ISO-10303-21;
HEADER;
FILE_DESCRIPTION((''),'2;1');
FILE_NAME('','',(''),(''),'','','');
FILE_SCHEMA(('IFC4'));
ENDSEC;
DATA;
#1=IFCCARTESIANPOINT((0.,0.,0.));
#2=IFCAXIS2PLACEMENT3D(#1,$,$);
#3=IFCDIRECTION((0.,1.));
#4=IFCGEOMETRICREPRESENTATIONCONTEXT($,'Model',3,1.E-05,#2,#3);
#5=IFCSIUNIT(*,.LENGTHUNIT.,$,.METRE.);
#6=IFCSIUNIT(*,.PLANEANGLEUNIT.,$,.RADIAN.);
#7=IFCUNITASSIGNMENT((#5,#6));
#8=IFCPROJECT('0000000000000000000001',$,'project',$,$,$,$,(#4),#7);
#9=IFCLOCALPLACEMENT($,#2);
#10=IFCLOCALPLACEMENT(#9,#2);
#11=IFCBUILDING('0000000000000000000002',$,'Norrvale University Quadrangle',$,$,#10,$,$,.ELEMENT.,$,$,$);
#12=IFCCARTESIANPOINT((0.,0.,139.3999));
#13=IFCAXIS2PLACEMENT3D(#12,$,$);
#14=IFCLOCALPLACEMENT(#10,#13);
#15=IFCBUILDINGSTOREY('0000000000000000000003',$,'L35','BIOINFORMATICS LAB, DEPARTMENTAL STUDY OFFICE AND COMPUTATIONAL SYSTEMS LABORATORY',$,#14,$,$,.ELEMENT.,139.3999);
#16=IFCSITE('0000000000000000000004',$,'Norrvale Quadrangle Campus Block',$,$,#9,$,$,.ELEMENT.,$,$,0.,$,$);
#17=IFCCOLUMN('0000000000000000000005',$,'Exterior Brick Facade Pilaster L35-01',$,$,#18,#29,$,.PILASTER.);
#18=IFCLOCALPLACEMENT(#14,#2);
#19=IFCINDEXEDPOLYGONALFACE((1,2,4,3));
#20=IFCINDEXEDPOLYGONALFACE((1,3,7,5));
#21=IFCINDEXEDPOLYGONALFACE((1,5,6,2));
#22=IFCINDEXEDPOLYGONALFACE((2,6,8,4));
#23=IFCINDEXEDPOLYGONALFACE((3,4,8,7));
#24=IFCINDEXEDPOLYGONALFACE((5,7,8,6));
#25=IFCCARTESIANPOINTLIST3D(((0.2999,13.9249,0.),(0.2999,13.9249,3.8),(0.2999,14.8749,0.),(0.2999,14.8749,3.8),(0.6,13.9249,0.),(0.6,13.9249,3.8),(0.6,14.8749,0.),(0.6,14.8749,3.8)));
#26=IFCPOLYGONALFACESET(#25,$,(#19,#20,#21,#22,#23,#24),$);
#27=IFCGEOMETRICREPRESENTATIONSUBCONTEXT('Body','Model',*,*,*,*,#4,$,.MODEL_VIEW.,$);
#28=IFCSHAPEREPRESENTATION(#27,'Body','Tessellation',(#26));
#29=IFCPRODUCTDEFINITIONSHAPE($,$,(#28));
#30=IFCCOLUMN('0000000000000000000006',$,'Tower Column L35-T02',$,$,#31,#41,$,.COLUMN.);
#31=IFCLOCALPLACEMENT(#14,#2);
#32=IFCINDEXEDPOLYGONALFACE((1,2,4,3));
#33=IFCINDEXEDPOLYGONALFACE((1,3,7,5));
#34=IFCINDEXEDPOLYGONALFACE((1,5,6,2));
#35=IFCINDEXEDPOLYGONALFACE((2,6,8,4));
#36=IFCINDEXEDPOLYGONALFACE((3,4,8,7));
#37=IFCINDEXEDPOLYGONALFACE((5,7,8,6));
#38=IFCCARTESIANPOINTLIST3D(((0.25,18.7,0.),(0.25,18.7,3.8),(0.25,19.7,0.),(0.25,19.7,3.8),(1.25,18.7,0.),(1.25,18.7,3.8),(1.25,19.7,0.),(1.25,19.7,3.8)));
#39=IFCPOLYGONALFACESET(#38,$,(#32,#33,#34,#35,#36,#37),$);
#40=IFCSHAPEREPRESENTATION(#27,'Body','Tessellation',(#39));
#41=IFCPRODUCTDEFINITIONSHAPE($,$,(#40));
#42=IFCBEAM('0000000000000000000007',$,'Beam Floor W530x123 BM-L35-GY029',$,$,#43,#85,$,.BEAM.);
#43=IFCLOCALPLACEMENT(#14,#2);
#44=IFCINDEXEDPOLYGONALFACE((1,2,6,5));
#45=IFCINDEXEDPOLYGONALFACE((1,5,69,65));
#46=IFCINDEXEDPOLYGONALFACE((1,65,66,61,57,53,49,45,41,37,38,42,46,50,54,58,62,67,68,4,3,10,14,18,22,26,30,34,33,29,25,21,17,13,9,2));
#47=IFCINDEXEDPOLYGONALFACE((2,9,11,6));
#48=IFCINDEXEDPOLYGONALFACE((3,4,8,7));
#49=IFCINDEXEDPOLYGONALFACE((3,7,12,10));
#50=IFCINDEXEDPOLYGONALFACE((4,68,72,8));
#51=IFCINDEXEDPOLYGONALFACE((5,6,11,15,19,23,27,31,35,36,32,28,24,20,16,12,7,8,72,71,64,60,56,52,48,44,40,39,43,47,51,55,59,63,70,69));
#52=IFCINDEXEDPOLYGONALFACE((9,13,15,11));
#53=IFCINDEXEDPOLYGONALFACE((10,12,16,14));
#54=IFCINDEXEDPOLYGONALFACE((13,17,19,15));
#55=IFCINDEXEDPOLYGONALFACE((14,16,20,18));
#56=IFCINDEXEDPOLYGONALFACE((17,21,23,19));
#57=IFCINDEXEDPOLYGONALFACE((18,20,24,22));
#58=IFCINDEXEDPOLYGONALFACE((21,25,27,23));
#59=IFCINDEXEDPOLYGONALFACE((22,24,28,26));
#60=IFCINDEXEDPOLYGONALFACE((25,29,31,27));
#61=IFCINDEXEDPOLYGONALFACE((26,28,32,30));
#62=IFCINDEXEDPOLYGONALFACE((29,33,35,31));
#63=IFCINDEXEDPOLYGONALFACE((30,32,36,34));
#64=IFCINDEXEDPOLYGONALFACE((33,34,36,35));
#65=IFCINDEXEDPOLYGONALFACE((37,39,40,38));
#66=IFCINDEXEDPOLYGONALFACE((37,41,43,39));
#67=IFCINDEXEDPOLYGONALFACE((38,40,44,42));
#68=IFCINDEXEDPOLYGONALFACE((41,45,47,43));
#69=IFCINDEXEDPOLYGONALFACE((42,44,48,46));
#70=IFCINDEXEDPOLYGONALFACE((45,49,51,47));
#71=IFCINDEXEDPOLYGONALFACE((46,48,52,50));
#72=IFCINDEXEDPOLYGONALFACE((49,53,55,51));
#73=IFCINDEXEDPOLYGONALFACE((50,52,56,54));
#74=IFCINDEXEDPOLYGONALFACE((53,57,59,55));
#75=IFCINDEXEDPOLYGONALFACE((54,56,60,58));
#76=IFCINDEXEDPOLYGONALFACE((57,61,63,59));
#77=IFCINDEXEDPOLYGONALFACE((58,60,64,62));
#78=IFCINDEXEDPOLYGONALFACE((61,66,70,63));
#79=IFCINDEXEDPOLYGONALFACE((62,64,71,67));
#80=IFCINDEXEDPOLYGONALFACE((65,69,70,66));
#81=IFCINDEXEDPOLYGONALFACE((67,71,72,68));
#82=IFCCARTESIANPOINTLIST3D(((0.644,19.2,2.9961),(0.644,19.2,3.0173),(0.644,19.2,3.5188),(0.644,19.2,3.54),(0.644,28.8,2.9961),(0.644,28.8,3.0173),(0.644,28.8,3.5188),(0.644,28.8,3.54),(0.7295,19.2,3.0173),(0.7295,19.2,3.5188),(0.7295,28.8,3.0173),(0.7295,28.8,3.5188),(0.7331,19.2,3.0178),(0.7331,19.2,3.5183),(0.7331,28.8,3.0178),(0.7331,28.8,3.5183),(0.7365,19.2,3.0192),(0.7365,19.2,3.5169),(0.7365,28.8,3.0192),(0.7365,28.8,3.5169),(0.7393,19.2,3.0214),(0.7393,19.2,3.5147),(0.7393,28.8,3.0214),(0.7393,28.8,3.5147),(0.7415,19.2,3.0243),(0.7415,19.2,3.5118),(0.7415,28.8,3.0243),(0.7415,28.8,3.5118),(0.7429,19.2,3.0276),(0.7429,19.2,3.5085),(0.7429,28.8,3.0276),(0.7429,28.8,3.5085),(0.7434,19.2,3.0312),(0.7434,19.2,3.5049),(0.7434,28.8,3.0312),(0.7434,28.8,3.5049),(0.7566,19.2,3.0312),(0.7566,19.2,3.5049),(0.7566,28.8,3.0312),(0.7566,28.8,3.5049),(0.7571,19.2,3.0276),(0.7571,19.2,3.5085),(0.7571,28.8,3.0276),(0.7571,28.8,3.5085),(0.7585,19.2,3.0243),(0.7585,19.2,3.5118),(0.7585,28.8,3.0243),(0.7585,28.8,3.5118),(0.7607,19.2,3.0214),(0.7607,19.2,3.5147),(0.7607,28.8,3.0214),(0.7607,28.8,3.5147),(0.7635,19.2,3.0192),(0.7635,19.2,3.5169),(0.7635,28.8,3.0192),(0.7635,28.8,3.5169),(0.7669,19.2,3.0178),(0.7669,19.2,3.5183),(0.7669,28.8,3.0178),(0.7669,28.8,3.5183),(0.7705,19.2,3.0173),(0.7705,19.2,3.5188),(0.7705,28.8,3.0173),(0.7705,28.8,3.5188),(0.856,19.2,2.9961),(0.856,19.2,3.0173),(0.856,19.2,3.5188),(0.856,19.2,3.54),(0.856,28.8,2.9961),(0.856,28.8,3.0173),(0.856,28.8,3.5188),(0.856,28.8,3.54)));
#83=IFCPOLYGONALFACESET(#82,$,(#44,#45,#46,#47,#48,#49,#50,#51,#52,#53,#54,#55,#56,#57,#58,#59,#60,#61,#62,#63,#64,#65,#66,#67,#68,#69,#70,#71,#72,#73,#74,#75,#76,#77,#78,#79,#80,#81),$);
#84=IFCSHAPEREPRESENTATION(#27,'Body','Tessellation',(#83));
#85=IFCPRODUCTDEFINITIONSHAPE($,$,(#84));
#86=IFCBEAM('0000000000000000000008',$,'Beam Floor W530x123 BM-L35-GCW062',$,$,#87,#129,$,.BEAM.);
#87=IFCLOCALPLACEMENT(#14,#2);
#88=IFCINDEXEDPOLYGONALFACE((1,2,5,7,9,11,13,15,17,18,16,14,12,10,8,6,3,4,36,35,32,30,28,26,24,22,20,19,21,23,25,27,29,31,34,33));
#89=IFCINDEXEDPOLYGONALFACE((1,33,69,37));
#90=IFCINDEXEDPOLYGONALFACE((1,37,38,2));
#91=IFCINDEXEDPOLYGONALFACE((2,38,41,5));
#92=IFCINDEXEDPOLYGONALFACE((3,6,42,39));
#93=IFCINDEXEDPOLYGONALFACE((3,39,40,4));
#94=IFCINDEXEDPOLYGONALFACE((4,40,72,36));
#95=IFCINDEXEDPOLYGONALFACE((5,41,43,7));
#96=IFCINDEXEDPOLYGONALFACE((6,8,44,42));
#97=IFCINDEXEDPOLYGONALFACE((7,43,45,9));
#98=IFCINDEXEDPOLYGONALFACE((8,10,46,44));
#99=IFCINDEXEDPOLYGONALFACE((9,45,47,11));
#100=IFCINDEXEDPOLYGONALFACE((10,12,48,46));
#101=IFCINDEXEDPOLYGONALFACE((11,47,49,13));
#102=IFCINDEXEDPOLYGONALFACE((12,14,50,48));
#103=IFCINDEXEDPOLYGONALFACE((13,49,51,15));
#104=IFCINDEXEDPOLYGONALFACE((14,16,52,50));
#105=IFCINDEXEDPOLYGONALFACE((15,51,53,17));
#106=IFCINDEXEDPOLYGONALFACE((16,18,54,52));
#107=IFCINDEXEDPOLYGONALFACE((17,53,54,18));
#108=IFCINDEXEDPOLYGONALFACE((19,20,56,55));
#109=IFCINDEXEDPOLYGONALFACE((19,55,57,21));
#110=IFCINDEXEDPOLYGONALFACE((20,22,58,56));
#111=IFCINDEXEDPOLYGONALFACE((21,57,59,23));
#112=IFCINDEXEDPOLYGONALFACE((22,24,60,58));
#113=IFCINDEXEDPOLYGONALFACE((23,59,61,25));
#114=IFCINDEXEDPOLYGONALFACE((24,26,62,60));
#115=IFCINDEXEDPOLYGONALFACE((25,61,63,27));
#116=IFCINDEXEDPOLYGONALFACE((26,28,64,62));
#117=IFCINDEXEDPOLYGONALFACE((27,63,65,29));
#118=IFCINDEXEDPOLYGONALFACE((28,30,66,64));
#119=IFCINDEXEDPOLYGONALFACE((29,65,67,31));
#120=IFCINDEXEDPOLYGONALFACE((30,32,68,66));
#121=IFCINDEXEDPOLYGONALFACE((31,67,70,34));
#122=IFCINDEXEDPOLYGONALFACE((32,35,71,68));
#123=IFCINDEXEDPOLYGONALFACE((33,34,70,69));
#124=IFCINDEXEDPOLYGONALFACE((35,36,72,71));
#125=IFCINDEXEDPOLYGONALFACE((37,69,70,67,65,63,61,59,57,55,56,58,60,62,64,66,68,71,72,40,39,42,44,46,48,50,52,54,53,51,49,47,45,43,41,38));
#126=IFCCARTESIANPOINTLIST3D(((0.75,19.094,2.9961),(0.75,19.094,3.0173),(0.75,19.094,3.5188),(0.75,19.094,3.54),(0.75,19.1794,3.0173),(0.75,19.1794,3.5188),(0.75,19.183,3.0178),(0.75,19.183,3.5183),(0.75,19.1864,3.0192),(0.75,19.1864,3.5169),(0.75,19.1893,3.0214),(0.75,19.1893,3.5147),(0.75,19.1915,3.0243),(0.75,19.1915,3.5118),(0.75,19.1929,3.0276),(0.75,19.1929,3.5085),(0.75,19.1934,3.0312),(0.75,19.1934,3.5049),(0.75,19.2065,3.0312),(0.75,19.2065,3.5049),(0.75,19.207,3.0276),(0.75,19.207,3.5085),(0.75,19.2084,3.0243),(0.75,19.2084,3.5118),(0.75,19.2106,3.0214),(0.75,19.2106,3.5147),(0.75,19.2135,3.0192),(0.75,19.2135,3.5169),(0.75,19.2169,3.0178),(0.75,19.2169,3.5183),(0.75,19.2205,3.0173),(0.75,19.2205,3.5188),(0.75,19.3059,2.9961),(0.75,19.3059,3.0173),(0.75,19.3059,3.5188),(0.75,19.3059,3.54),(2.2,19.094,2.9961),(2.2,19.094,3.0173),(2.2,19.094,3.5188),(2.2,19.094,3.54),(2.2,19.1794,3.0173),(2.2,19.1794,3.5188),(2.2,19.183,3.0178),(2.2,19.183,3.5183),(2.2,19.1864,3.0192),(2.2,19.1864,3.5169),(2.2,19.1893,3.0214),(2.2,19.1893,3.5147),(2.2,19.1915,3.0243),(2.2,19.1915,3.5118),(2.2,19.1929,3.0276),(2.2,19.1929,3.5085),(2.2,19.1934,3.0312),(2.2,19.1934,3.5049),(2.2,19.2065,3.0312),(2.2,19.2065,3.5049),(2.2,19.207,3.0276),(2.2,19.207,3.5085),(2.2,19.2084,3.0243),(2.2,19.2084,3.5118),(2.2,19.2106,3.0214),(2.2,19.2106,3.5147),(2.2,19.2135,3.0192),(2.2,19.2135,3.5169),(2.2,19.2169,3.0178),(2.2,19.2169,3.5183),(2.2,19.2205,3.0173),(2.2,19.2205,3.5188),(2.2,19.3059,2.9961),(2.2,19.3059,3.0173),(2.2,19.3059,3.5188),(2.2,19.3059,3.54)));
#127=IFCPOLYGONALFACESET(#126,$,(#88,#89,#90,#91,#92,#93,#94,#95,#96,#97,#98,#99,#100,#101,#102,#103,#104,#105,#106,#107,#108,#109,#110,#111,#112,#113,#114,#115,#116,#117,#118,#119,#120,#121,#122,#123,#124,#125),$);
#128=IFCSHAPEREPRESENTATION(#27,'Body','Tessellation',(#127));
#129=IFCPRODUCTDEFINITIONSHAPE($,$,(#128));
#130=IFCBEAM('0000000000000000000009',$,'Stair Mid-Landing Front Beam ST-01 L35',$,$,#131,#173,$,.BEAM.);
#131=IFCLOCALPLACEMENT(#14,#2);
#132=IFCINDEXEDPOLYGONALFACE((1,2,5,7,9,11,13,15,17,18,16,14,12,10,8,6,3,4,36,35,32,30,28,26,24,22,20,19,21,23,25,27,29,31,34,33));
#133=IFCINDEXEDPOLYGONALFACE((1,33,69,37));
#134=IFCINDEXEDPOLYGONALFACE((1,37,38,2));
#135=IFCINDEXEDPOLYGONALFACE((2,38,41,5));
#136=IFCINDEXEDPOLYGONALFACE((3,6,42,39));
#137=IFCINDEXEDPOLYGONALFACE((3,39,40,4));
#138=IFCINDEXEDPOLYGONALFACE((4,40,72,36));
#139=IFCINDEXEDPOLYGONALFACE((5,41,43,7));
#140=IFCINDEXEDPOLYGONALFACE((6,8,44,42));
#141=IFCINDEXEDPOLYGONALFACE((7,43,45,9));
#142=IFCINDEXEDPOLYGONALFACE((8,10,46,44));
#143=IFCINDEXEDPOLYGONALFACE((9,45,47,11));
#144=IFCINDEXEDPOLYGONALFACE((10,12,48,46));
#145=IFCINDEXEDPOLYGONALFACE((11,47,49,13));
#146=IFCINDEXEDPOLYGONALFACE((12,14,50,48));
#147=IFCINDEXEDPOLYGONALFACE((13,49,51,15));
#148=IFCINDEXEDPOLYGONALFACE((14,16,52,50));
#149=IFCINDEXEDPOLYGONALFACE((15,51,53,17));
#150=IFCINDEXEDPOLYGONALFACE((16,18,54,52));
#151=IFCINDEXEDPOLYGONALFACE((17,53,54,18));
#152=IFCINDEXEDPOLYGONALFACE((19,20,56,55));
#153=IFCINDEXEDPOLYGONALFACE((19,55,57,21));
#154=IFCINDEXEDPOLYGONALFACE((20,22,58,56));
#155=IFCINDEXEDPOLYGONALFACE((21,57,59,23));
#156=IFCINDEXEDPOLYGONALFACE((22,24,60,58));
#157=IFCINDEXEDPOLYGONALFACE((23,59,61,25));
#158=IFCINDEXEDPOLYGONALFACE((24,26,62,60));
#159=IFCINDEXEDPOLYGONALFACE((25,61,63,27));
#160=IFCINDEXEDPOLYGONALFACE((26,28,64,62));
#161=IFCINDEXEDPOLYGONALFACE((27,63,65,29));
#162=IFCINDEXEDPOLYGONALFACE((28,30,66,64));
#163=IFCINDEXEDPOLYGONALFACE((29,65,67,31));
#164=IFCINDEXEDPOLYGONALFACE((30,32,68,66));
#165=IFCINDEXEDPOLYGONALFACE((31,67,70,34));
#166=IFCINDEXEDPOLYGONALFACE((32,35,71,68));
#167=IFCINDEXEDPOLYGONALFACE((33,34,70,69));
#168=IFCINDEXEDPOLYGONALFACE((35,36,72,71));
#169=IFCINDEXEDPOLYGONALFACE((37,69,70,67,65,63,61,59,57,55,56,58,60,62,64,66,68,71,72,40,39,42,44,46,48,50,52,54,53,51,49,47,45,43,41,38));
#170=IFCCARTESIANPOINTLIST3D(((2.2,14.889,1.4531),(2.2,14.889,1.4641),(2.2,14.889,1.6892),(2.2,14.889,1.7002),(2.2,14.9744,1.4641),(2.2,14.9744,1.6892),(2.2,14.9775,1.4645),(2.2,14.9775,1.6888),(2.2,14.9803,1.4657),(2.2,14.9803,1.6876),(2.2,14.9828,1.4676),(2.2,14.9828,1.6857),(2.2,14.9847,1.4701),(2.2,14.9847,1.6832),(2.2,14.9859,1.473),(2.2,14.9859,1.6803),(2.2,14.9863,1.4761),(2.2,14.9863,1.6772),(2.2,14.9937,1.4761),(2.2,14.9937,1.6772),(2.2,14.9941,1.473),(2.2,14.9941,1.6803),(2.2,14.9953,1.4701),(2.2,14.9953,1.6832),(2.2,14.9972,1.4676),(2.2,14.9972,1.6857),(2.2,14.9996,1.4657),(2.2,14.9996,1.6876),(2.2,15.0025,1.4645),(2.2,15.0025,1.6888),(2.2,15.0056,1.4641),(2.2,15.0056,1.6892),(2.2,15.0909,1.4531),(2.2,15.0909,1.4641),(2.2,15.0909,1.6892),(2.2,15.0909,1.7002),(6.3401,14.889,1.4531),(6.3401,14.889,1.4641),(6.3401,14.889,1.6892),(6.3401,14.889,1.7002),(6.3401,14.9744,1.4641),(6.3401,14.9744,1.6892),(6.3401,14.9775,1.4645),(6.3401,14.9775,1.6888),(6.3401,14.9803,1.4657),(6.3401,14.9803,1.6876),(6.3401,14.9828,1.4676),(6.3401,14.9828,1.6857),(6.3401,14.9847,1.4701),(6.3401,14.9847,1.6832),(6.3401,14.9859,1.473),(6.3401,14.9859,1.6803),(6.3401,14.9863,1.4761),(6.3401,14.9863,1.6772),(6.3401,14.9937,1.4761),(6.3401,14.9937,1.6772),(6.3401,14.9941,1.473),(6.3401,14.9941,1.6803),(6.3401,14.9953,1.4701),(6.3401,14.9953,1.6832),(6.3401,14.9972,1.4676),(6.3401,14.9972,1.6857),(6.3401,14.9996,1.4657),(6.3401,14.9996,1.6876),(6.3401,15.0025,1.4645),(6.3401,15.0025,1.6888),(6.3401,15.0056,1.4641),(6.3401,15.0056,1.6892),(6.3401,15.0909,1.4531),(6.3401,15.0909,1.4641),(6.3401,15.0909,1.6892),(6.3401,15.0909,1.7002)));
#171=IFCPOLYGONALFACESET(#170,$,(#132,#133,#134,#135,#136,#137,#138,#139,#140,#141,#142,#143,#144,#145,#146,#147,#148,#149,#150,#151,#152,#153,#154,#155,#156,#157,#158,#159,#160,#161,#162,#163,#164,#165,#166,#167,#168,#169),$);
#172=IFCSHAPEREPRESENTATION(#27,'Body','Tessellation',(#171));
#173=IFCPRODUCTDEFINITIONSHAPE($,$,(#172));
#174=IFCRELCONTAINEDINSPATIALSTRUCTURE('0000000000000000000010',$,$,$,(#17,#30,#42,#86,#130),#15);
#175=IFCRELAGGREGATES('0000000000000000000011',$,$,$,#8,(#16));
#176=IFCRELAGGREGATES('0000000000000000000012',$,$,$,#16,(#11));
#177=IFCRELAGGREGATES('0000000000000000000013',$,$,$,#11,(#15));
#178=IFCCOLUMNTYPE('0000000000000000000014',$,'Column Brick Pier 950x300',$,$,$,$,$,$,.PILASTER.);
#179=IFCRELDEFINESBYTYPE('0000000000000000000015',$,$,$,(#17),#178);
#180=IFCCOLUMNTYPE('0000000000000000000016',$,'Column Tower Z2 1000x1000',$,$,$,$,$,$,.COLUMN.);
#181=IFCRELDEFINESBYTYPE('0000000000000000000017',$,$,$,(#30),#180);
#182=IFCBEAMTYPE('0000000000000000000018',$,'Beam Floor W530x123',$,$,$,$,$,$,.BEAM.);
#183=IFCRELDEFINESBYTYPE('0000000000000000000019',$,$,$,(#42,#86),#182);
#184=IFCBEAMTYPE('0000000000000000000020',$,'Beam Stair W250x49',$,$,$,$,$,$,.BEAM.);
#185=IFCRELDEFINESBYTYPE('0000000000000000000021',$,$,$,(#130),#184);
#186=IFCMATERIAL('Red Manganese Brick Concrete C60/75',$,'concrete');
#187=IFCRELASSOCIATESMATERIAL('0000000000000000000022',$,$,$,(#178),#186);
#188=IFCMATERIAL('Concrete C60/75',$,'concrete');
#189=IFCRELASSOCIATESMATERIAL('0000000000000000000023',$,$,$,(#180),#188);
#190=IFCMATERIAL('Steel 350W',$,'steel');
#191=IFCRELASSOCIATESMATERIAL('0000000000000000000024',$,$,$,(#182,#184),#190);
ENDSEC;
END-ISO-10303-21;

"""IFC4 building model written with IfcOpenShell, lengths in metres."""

from ifc_helpers import new_model, si_unit, direction, frame, origin, origin_2d, place, context, subcontext, project, spatial, rectangle, i_section, extrude, material, material_profile, profile_set, type_object, element, save


model = new_model("IFC4")

# Units and contexts
model_context = context("Model", 3, precision=1e-05, world=origin(), true_north=direction((0.0, 1.0)))
body_context = subcontext(model_context, "Body", "Model", "MODEL_VIEW")
ifc_project = project(units=[si_unit("LENGTHUNIT", "METRE"), si_unit("PLANEANGLEUNIT", "RADIAN")], contexts=[model_context])

# Site, building, storey
site_placement = place(None, origin())
site = spatial("IfcSite", under=ifc_project, at=site_placement, Name="Norrvale Quadrangle Campus Block", CompositionType="ELEMENT", RefElevation=0.0)
building_placement = place(site_placement, origin())
building = spatial("IfcBuilding", under=site, at=building_placement, Name="Norrvale University Quadrangle", CompositionType="ELEMENT")
storey_placement = place(building_placement, frame((0.0, 0.0, 139.3999)))
storey = spatial("IfcBuildingStorey", under=building, at=storey_placement, Name="L35", Description="BIOINFORMATICS LAB, DEPARTMENTAL STUDY OFFICE AND COMPUTATIONAL SYSTEMS LABORATORY", CompositionType="ELEMENT", Elevation=139.3999)

# Columns
ifc_material_1 = material(Name="Red Manganese Brick Concrete C60/75", Category="concrete")
ifc_material_profile_1 = material_profile(ifc_material_1, rectangle(XDim=0.95, YDim=0.3, at=origin_2d()), Name="Red Manganese Brick Concrete C60/75")
ifc_profile_set_1 = profile_set([ifc_material_profile_1], Name="Red Manganese Brick Concrete C60/75")
column_type_1 = type_object("IfcColumnType", Name="Column Brick Pier 950x300", PredefinedType="PILASTER", material=ifc_profile_set_1)
column_1_placement = place(storey_placement, frame((0.45, 14.3999, 0.0), z_axis=(0.0, 0.0, 1.0), x_axis=(0.0, 1.0, 0.0)))
element("IfcColumn", 1, at=column_1_placement, inside=storey, type_object=column_type_1, Name="Exterior Brick Facade Pilaster L35-01", PredefinedType="PILASTER", context=body_context, shape_type="SweptSolid", body=[
    extrude(rectangle(XDim=0.95, YDim=0.3, at=origin_2d()), origin(), (0.0, 0.0, 1.0), 3.8),
])
ifc_material_2 = material(Name="Concrete C60/75", Category="concrete")
ifc_material_profile_2 = material_profile(ifc_material_2, rectangle(XDim=1.0, YDim=1.0, at=origin_2d()), Name="Concrete C60/75")
ifc_profile_set_2 = profile_set([ifc_material_profile_2], Name="Concrete C60/75")
column_type_2 = type_object("IfcColumnType", Name="Column Tower Z2 1000x1000", PredefinedType="COLUMN", material=ifc_profile_set_2)
column_2_placement = place(storey_placement, frame((0.75, 19.2, 0.0), z_axis=(0.0, 0.0, 1.0), x_axis=(1.0, 0.0, 0.0)))
element("IfcColumn", 2, at=column_2_placement, inside=storey, type_object=column_type_2, Name="Tower Column L35-T02", PredefinedType="COLUMN", context=body_context, shape_type="SweptSolid", body=[
    extrude(rectangle(XDim=1.0, YDim=1.0, at=origin_2d()), origin(), (0.0, 0.0, 1.0), 3.8),
])

# Beams
ifc_material_3 = material(Name="Steel 350W", Category="steel")
ifc_material_profile_3 = material_profile(ifc_material_3, i_section(OverallWidth=0.2119, OverallDepth=0.5439, WebThickness=0.0132, FlangeThickness=0.0212, FilletRadius=0.0139, at=origin_2d()), Name="Steel 350W")
ifc_profile_set_3 = profile_set([ifc_material_profile_3], Name="Steel 350W")
beam_type_1 = type_object("IfcBeamType", Name="Beam Floor W530x123", PredefinedType="BEAM", material=ifc_profile_set_3)
beam_1_placement = place(storey_placement, frame((0.75, 19.2, 3.2681), z_axis=(0.0, 1.0, 0.0), x_axis=(-1.0, 0.0, 0.0)))
element("IfcBeam", 3, at=beam_1_placement, inside=storey, type_object=beam_type_1, Name="Beam Floor W530x123 BM-L35-GY029", PredefinedType="BEAM", context=body_context, shape_type="SweptSolid", body=[
    extrude(i_section(OverallWidth=0.2119, OverallDepth=0.5439, WebThickness=0.0132, FlangeThickness=0.0212, FilletRadius=0.0139, at=origin_2d()), origin(), (0.0, 0.0, 1.0), 9.6001),
])
beam_2_placement = place(storey_placement, frame((0.75, 19.2, 3.2681), z_axis=(1.0, 0.0, 0.0), x_axis=(0.0, 1.0, 0.0)))
element("IfcBeam", 4, at=beam_2_placement, inside=storey, type_object=beam_type_1, Name="Beam Floor W530x123 BM-L35-GCW062", PredefinedType="BEAM", context=body_context, shape_type="SweptSolid", body=[
    extrude(i_section(OverallWidth=0.2119, OverallDepth=0.5439, WebThickness=0.0132, FlangeThickness=0.0212, FilletRadius=0.0139, at=origin_2d()), origin(), (0.0, 0.0, 1.0), 1.45),
])
ifc_material_profile_4 = material_profile(ifc_material_3, i_section(OverallWidth=0.2019, OverallDepth=0.2471, WebThickness=0.0073, FlangeThickness=0.011, FilletRadius=0.012, at=origin_2d()), Name="Steel 350W")
ifc_profile_set_4 = profile_set([ifc_material_profile_4], Name="Steel 350W")
beam_type_2 = type_object("IfcBeamType", Name="Beam Stair W250x49", PredefinedType="BEAM", material=ifc_profile_set_4)
for number, where, z_axis, x_axis, name in (
    (5, (2.2, 14.99, 1.5767), (1.0, 0.0, 0.0), (0.0, 1.0, 0.0), "Stair Mid-Landing Front Beam ST-01 L35"),
):
    element("IfcBeam", number, at=place(storey_placement, frame(where, z_axis=z_axis, x_axis=x_axis)), inside=storey, type_object=beam_type_2, Name=name, PredefinedType="BEAM", context=body_context, shape_type="SweptSolid", body=[
        extrude(i_section(OverallWidth=0.2019, OverallDepth=0.2471, WebThickness=0.0073, FlangeThickness=0.011, FilletRadius=0.012, at=origin_2d()), origin(), (0.0, 0.0, 1.0), 4.1401),
    ])

save(model, "model.ifc")
